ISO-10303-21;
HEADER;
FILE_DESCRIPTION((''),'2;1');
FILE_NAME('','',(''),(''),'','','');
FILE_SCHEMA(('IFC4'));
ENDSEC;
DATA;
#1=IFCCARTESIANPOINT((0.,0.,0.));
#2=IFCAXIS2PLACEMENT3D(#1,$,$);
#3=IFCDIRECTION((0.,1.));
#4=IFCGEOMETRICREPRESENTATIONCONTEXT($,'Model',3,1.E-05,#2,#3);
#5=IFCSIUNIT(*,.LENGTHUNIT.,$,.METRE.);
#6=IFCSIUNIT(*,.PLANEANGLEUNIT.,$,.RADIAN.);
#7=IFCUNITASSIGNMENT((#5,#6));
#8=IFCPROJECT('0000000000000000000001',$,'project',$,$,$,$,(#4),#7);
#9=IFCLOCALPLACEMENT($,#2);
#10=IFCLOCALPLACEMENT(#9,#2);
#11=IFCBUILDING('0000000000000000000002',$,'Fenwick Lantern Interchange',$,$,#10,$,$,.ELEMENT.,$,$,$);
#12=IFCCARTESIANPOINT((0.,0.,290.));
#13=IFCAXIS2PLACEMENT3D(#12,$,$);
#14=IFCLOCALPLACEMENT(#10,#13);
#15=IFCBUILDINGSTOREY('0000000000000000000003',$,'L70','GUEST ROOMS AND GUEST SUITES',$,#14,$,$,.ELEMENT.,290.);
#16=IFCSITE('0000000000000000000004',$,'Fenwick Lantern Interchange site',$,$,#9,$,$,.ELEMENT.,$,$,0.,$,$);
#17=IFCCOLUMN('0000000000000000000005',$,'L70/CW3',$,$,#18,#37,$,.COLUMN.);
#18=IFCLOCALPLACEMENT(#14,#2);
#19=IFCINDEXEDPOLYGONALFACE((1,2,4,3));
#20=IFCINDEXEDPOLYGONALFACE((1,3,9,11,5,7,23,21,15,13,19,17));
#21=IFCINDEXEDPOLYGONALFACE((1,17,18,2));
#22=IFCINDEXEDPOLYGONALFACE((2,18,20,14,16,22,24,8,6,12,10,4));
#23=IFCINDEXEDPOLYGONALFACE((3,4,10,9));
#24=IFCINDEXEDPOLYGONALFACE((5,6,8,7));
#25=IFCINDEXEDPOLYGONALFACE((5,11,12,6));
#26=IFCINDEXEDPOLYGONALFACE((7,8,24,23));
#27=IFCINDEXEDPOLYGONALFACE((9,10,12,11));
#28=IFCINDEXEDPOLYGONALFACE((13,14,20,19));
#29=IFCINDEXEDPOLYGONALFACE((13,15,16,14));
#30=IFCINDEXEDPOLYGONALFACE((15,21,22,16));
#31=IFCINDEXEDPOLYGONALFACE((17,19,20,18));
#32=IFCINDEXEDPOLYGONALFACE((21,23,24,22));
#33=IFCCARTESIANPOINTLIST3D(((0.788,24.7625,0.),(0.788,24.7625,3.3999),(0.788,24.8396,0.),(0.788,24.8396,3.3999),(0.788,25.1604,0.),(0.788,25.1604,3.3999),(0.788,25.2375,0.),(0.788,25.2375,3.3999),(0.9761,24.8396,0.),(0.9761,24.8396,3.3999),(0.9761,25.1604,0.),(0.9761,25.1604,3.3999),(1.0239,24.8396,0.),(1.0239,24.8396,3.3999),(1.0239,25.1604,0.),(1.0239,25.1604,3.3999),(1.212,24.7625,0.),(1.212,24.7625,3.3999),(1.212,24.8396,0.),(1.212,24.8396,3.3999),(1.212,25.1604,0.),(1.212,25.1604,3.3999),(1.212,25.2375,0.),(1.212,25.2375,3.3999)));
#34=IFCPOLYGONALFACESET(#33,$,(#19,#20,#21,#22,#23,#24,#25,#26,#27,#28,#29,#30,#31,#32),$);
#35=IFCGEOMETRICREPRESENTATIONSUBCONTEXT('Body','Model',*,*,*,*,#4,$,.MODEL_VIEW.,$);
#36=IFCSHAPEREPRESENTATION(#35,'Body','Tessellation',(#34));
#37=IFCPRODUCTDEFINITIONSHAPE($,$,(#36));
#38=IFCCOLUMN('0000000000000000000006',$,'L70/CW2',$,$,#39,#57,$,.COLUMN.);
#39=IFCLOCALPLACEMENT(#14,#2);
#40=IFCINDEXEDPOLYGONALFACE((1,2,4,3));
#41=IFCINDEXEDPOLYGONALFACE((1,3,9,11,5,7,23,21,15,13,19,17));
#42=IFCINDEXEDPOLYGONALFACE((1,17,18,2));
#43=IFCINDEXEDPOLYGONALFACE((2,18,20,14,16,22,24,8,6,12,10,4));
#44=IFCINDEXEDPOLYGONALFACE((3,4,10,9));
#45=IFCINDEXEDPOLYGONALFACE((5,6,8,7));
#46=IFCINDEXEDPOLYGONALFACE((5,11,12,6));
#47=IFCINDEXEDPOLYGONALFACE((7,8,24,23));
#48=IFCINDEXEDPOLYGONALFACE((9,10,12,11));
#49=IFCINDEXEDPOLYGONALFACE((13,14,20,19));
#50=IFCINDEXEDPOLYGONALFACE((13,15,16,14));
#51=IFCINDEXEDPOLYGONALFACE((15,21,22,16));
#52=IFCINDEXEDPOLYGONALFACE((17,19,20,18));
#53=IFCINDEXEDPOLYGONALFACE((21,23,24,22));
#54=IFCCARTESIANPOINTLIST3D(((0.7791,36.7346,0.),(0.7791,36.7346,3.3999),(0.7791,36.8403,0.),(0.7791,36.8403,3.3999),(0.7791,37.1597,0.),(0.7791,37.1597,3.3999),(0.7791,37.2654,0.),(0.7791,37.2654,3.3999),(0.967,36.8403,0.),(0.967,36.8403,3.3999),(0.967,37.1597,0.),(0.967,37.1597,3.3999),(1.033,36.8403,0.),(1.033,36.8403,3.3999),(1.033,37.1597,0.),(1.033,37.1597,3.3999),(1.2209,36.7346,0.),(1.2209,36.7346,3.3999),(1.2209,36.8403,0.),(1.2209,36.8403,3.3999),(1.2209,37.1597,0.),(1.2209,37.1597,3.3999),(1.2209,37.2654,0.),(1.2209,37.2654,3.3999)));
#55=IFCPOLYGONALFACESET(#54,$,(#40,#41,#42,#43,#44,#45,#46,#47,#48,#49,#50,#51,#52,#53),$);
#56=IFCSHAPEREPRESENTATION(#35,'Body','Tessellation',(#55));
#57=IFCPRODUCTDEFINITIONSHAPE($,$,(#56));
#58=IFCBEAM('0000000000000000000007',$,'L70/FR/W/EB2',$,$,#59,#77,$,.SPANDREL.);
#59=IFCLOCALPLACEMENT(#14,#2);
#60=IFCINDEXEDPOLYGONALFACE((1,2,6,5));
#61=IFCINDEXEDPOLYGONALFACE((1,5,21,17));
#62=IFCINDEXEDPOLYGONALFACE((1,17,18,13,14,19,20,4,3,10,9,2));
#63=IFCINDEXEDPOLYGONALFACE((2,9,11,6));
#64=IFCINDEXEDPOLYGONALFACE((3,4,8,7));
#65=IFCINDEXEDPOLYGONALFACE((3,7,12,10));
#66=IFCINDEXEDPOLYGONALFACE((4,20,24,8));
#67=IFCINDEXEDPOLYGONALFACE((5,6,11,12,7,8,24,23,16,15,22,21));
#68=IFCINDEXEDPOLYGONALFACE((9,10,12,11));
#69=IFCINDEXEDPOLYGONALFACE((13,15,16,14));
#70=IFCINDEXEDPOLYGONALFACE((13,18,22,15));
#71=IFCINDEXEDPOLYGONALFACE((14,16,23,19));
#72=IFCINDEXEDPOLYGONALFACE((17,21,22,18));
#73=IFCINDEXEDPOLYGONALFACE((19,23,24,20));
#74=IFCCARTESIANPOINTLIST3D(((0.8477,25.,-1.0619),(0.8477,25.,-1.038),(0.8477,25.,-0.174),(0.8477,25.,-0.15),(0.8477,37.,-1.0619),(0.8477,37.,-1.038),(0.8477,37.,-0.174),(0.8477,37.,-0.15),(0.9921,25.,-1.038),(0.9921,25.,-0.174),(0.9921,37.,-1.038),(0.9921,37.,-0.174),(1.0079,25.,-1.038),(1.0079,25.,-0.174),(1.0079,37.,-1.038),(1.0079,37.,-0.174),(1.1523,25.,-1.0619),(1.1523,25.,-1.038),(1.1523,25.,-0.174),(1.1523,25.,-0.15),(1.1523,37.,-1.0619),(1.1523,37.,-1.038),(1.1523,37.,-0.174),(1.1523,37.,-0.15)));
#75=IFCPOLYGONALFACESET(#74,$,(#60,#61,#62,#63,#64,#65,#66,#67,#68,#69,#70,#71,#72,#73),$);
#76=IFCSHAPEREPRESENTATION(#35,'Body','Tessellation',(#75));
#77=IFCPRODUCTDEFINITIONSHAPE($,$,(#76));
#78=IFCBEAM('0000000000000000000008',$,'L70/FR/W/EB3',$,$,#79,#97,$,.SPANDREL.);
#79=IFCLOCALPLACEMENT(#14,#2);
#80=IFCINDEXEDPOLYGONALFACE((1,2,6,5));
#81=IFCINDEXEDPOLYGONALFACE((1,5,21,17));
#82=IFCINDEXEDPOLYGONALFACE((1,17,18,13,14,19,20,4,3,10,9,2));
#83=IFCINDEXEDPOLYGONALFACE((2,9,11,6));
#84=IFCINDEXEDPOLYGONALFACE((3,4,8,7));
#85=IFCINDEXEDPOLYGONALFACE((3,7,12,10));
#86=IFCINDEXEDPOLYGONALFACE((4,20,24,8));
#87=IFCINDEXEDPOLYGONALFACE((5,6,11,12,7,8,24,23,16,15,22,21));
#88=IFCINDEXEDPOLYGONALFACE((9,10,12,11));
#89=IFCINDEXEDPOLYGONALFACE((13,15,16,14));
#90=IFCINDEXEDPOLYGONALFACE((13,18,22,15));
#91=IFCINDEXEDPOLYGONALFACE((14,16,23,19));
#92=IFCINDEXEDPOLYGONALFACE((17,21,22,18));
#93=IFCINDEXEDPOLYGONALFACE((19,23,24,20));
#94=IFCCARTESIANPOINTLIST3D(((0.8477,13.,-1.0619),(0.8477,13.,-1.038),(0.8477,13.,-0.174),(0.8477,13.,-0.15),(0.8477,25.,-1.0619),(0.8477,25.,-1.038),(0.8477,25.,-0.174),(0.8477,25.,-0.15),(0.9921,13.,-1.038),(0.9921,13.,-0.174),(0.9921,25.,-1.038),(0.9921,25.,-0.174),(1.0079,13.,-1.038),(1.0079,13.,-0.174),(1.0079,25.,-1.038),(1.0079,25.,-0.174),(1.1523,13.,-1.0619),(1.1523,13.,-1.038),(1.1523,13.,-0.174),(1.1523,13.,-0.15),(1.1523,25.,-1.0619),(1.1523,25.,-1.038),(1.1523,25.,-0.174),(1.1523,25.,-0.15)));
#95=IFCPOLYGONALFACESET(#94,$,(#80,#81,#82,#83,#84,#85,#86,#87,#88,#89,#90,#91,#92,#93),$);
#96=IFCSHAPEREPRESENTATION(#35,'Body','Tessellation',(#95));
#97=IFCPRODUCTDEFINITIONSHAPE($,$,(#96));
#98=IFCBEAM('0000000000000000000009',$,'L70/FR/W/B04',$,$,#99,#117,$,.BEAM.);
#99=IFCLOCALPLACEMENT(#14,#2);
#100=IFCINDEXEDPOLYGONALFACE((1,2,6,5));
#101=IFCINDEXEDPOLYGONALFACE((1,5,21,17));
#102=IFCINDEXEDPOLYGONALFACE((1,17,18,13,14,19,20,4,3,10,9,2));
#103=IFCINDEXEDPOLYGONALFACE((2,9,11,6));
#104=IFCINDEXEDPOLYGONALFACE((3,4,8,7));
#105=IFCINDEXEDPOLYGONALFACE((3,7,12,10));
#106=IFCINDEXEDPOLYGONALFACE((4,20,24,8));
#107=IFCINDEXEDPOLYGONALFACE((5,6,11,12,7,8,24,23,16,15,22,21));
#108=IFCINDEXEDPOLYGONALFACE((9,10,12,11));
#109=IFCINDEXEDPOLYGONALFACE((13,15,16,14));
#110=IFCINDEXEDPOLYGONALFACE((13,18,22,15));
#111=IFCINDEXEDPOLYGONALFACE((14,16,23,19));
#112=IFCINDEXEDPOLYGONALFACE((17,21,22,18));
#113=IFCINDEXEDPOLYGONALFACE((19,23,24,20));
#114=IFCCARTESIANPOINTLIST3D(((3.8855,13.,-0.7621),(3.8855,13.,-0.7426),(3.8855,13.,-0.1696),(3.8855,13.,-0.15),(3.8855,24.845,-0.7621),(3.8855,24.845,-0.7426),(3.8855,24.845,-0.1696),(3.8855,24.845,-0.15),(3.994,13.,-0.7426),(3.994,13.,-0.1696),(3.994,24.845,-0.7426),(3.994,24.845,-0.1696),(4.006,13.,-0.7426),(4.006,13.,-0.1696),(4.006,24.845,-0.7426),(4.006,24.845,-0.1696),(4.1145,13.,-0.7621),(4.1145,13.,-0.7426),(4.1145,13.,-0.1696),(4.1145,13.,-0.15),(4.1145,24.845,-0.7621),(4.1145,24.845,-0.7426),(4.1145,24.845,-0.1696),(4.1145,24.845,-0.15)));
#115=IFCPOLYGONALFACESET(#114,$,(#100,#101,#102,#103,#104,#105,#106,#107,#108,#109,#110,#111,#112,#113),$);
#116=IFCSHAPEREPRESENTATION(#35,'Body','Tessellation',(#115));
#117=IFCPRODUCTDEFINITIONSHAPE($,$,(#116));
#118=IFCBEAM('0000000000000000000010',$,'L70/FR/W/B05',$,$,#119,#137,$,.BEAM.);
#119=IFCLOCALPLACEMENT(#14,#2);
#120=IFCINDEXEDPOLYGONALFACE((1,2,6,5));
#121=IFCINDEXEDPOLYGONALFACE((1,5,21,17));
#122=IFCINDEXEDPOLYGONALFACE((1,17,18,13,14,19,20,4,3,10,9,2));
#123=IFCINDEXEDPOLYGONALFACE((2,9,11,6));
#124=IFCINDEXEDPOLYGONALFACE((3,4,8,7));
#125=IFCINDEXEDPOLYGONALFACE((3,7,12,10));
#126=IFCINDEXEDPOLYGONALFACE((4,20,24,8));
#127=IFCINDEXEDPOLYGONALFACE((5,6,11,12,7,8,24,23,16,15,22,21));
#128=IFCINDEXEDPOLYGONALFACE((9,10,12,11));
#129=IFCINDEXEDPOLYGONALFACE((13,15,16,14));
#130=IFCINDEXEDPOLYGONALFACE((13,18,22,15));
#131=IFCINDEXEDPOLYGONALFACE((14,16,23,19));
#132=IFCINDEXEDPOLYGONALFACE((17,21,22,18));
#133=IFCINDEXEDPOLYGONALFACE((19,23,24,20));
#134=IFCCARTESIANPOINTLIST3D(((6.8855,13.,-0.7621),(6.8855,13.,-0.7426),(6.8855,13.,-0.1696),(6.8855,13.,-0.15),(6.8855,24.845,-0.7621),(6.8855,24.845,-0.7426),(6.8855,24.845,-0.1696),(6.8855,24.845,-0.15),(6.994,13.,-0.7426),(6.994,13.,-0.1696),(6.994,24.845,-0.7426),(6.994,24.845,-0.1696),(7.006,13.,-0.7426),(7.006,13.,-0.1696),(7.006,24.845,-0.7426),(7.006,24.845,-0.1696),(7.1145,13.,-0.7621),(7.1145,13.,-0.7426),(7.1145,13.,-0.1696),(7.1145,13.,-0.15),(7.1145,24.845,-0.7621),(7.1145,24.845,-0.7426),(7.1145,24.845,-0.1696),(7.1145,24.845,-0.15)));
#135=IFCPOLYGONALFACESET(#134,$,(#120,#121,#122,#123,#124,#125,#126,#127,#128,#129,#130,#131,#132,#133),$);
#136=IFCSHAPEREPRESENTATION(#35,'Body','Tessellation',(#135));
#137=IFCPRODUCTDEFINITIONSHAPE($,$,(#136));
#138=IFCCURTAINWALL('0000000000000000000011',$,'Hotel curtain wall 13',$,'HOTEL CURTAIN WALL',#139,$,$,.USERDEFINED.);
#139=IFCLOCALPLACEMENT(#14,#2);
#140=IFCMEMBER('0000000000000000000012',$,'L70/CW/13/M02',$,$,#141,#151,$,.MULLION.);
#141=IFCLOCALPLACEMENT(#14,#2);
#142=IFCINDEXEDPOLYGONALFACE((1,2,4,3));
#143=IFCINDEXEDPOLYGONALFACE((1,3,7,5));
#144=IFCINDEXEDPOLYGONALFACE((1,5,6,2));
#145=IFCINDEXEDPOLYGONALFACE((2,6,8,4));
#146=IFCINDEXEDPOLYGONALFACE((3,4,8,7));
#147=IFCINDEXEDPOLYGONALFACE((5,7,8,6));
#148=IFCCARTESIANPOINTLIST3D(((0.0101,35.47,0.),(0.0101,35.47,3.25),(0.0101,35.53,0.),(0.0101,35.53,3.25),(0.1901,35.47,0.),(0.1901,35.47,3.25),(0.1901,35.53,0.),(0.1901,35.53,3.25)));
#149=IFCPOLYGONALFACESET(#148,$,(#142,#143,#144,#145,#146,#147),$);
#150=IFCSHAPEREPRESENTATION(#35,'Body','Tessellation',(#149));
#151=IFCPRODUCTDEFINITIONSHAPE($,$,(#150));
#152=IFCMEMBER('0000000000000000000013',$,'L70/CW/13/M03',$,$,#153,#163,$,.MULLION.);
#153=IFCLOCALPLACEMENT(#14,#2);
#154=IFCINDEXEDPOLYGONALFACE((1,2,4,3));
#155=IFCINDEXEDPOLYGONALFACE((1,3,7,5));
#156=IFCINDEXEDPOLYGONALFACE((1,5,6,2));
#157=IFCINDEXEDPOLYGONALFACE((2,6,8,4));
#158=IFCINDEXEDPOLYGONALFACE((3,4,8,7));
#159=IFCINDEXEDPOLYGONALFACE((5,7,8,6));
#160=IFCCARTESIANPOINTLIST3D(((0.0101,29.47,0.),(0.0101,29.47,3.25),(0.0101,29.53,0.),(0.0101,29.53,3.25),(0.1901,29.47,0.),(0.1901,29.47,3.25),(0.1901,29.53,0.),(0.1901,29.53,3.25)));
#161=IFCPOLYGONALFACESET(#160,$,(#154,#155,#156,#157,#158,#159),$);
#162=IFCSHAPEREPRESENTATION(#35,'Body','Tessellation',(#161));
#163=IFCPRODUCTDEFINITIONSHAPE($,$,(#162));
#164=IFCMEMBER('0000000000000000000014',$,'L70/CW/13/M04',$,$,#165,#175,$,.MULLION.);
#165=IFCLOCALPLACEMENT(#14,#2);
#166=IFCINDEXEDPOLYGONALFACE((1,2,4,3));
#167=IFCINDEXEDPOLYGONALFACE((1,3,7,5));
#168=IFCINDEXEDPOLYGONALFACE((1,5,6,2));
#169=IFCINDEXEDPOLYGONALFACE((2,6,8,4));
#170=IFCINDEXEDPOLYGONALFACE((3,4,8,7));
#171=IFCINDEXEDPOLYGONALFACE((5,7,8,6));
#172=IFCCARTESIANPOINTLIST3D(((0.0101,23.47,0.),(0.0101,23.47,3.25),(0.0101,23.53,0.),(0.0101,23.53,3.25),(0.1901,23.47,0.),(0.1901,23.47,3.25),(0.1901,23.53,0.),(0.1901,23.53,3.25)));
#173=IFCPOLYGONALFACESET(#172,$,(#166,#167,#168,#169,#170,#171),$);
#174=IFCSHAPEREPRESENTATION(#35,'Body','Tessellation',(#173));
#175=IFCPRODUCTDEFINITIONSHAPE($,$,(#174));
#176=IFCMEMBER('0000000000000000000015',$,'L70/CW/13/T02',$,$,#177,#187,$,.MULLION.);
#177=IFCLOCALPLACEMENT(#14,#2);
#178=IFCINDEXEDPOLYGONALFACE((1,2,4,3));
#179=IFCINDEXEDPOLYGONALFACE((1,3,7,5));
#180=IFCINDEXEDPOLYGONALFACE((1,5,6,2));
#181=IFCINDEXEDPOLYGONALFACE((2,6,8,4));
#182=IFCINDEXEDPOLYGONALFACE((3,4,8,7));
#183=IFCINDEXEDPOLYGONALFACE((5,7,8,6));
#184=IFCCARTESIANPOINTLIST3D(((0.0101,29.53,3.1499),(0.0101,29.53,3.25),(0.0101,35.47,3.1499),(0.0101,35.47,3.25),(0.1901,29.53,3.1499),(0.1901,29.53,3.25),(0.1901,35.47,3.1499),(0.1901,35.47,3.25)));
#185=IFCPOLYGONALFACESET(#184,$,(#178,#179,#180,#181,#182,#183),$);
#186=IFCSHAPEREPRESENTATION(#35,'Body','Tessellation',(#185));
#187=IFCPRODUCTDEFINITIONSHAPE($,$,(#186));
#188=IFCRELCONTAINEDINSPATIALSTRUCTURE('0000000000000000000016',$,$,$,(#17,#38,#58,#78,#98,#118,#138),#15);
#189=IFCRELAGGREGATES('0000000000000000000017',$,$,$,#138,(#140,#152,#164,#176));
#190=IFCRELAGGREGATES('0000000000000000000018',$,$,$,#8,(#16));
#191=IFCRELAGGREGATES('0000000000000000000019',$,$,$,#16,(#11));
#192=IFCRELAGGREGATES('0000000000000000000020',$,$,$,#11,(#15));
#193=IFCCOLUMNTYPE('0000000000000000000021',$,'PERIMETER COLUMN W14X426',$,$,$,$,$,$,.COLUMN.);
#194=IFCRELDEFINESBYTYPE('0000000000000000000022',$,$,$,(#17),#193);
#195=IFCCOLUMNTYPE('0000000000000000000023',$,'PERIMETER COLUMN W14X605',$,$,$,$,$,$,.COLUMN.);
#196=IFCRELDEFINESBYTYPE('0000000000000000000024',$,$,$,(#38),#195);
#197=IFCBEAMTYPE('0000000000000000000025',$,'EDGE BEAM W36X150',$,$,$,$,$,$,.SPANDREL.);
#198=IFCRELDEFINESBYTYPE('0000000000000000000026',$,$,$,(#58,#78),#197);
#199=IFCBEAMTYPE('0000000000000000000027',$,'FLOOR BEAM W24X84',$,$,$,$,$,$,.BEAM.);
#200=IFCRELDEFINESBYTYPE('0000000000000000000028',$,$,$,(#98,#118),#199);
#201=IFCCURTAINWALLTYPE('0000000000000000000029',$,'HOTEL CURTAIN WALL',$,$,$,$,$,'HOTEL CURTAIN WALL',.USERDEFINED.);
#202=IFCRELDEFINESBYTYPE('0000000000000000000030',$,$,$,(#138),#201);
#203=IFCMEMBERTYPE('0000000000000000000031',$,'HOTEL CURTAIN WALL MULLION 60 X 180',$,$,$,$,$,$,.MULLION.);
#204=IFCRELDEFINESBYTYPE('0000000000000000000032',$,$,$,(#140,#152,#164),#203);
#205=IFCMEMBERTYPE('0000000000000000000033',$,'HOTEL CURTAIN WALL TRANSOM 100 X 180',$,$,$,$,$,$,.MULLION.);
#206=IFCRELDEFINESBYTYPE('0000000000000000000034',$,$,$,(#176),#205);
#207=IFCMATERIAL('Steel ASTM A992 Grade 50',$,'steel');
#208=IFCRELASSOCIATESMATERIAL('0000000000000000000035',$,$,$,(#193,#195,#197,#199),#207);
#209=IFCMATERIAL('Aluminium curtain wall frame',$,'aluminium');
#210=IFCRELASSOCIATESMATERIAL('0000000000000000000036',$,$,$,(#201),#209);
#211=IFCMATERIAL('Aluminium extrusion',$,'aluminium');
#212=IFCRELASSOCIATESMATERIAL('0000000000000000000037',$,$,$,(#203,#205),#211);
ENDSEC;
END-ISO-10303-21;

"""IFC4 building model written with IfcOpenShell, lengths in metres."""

from ifc_helpers import new_model, si_unit, direction, frame, origin, origin_2d, place, context, subcontext, project, spatial, rectangle, i_section, extrude, material, material_profile, profile_set, type_object, element, aggregate, save


model = new_model("IFC4")

# Units and contexts
model_context = context("Model", 3, precision=1e-05, world=origin(), true_north=direction((0.0, 1.0)))
body_context = subcontext(model_context, "Body", "Model", "MODEL_VIEW")
ifc_project = project(units=[si_unit("LENGTHUNIT", "METRE"), si_unit("PLANEANGLEUNIT", "RADIAN")], contexts=[model_context])

# Site, building, storey
site_placement = place(None, origin())
site = spatial("IfcSite", under=ifc_project, at=site_placement, Name="Fenwick Lantern Interchange site", CompositionType="ELEMENT", RefElevation=0.0)
building_placement = place(site_placement, origin())
building = spatial("IfcBuilding", under=site, at=building_placement, Name="Fenwick Lantern Interchange", CompositionType="ELEMENT")
storey_placement = place(building_placement, frame((0.0, 0.0, 290.0)))
storey = spatial("IfcBuildingStorey", under=building, at=storey_placement, Name="L70", Description="GUEST ROOMS AND GUEST SUITES", CompositionType="ELEMENT", Elevation=290.0)

# Columns
ifc_material_1 = material(Name="Steel ASTM A992 Grade 50", Category="steel")
ifc_material_profile_1 = material_profile(ifc_material_1, i_section(OverallWidth=0.4241, OverallDepth=0.4751, WebThickness=0.0479, FlangeThickness=0.0771, at=origin_2d()), Name="W14X426")
ifc_profile_set_1 = profile_set([ifc_material_profile_1], Name="Steel ASTM A992 Grade 50")
column_type_1 = type_object("IfcColumnType", Name="PERIMETER COLUMN W14X426", PredefinedType="COLUMN", material=ifc_profile_set_1)
column_1_placement = place(storey_placement, frame((1.0, 25.0, 0.0), z_axis=(0.0, 0.0, 1.0), x_axis=(1.0, 0.0, 0.0)))
element("IfcColumn", 1, at=column_1_placement, inside=storey, type_object=column_type_1, Name="L70/CW3", PredefinedType="COLUMN", context=body_context, shape_type="SweptSolid", body=[
    extrude(i_section(OverallWidth=0.4241, OverallDepth=0.4751, WebThickness=0.0479, FlangeThickness=0.0771, at=origin_2d()), origin(), (0.0, 0.0, 1.0), 3.3999),
])
ifc_material_profile_2 = material_profile(ifc_material_1, i_section(OverallWidth=0.4419, OverallDepth=0.5308, WebThickness=0.0659, FlangeThickness=0.1057, at=origin_2d()), Name="W14X605")
ifc_profile_set_2 = profile_set([ifc_material_profile_2], Name="Steel ASTM A992 Grade 50")
column_type_2 = type_object("IfcColumnType", Name="PERIMETER COLUMN W14X605", PredefinedType="COLUMN", material=ifc_profile_set_2)
column_2_placement = place(storey_placement, frame((1.0, 37.0, 0.0), z_axis=(0.0, 0.0, 1.0), x_axis=(1.0, 0.0, 0.0)))
element("IfcColumn", 2, at=column_2_placement, inside=storey, type_object=column_type_2, Name="L70/CW2", PredefinedType="COLUMN", context=body_context, shape_type="SweptSolid", body=[
    extrude(i_section(OverallWidth=0.4419, OverallDepth=0.5308, WebThickness=0.0659, FlangeThickness=0.1057, at=origin_2d()), origin(), (0.0, 0.0, 1.0), 3.3999),
])

# Beams
ifc_material_profile_3 = material_profile(ifc_material_1, i_section(OverallWidth=0.3047, OverallDepth=0.9119, WebThickness=0.0159, FlangeThickness=0.0239, at=origin_2d()), Name="W36X150")
ifc_profile_set_3 = profile_set([ifc_material_profile_3], Name="Steel ASTM A992 Grade 50")
beam_type_1 = type_object("IfcBeamType", Name="EDGE BEAM W36X150", PredefinedType="SPANDREL", material=ifc_profile_set_3)
for number, where, z_axis, x_axis, name in (
    (3, (1.0, 37.0, -0.606), (0.0, -1.0, 0.0), (1.0, 0.0, 0.0), "L70/FR/W/EB2"),
    (4, (1.0, 25.0, -0.606), (0.0, -1.0, 0.0), (1.0, 0.0, 0.0), "L70/FR/W/EB3"),
):
    element("IfcBeam", number, at=place(storey_placement, frame(where, z_axis=z_axis, x_axis=x_axis)), inside=storey, type_object=beam_type_1, Name=name, PredefinedType="SPANDREL", context=body_context, shape_type="SweptSolid", body=[
        extrude(i_section(OverallWidth=0.3047, OverallDepth=0.9119, WebThickness=0.0159, FlangeThickness=0.0239, at=origin_2d()), origin(), (0.0, 0.0, 1.0), 12.0),
    ])
ifc_material_profile_4 = material_profile(ifc_material_1, i_section(OverallWidth=0.229, OverallDepth=0.6121, WebThickness=0.012, FlangeThickness=0.0195, at=origin_2d()), Name="W24X84")
ifc_profile_set_4 = profile_set([ifc_material_profile_4], Name="Steel ASTM A992 Grade 50")
beam_type_2 = type_object("IfcBeamType", Name="FLOOR BEAM W24X84", PredefinedType="BEAM", material=ifc_profile_set_4)
for number, where, z_axis, x_axis, name in (
    (5, (4.0, 24.845, -0.4561), (0.0, -1.0, 0.0), (1.0, 0.0, 0.0), "L70/FR/W/B04"),
    (6, (7.0, 24.845, -0.4561), (0.0, -1.0, 0.0), (1.0, 0.0, 0.0), "L70/FR/W/B05"),
):
    element("IfcBeam", number, at=place(storey_placement, frame(where, z_axis=z_axis, x_axis=x_axis)), inside=storey, type_object=beam_type_2, Name=name, PredefinedType="BEAM", context=body_context, shape_type="SweptSolid", body=[
        extrude(i_section(OverallWidth=0.229, OverallDepth=0.6121, WebThickness=0.012, FlangeThickness=0.0195, at=origin_2d()), origin(), (0.0, 0.0, 1.0), 11.845),
    ])

# Curtain wall, members
ifc_material_2 = material(Name="Aluminium curtain wall frame", Category="aluminium")
curtain_wall_type = type_object("IfcCurtainWallType", Name="HOTEL CURTAIN WALL", ElementType="HOTEL CURTAIN WALL", PredefinedType="USERDEFINED", material=ifc_material_2)
curtain_wall_placement = place(storey_placement, origin())
curtain_wall = element("IfcCurtainWall", 7, at=curtain_wall_placement, inside=storey, type_object=curtain_wall_type, Name="Hotel curtain wall 13", ObjectType="HOTEL CURTAIN WALL", PredefinedType="USERDEFINED")
ifc_material_3 = material(Name="Aluminium extrusion", Category="aluminium")
ifc_material_profile_5 = material_profile(ifc_material_3, rectangle(XDim=0.1799, YDim=0.0601, at=origin_2d()), Name="HOTEL CURTAIN WALL MULLION 60 X 180")
ifc_profile_set_5 = profile_set([ifc_material_profile_5], Name="Aluminium extrusion")
member_type_1 = type_object("IfcMemberType", Name="HOTEL CURTAIN WALL MULLION 60 X 180", PredefinedType="MULLION", material=ifc_profile_set_5)
member_1_placement = place(storey_placement, frame((0.1001, 35.5, 0.0), z_axis=(0.0, 0.0, 1.0), x_axis=(1.0, 0.0, 0.0)))
member_1 = element("IfcMember", 8, at=member_1_placement, type_object=member_type_1, Name="L70/CW/13/M02", PredefinedType="MULLION", context=body_context, shape_type="SweptSolid", body=[
    extrude(rectangle(XDim=0.1799, YDim=0.0601, at=origin_2d()), origin(), (0.0, 0.0, 1.0), 3.25),
])
member_2_placement = place(storey_placement, frame((0.1001, 29.5, 0.0), z_axis=(0.0, 0.0, 1.0), x_axis=(1.0, 0.0, 0.0)))
member_2 = element("IfcMember", 9, at=member_2_placement, type_object=member_type_1, Name="L70/CW/13/M03", PredefinedType="MULLION", context=body_context, shape_type="SweptSolid", body=[
    extrude(rectangle(XDim=0.1799, YDim=0.0601, at=origin_2d()), origin(), (0.0, 0.0, 1.0), 3.25),
])
member_3_placement = place(storey_placement, frame((0.1001, 23.5, 0.0), z_axis=(0.0, 0.0, 1.0), x_axis=(1.0, 0.0, 0.0)))
member_3 = element("IfcMember", 10, at=member_3_placement, type_object=member_type_1, Name="L70/CW/13/M04", PredefinedType="MULLION", context=body_context, shape_type="SweptSolid", body=[
    extrude(rectangle(XDim=0.1799, YDim=0.0601, at=origin_2d()), origin(), (0.0, 0.0, 1.0), 3.25),
])
ifc_material_profile_6 = material_profile(ifc_material_3, rectangle(XDim=0.1799, YDim=0.1001, at=origin_2d()), Name="HOTEL CURTAIN WALL TRANSOM 100 X 180")
ifc_profile_set_6 = profile_set([ifc_material_profile_6], Name="Aluminium extrusion")
member_type_2 = type_object("IfcMemberType", Name="HOTEL CURTAIN WALL TRANSOM 100 X 180", PredefinedType="MULLION", material=ifc_profile_set_6)
member_4_placement = place(storey_placement, frame((0.1001, 35.47, 3.2), z_axis=(0.0, -1.0, 0.0), x_axis=(1.0, 0.0, 0.0)))
member_4 = element("IfcMember", 11, at=member_4_placement, type_object=member_type_2, Name="L70/CW/13/T02", PredefinedType="MULLION", context=body_context, shape_type="SweptSolid", body=[
    extrude(rectangle(XDim=0.1799, YDim=0.1001, at=origin_2d()), origin(), (0.0, 0.0, 1.0), 5.9399),
])
aggregate(curtain_wall, [member_1, member_2, member_3, member_4])

save(model, "model.ifc")
